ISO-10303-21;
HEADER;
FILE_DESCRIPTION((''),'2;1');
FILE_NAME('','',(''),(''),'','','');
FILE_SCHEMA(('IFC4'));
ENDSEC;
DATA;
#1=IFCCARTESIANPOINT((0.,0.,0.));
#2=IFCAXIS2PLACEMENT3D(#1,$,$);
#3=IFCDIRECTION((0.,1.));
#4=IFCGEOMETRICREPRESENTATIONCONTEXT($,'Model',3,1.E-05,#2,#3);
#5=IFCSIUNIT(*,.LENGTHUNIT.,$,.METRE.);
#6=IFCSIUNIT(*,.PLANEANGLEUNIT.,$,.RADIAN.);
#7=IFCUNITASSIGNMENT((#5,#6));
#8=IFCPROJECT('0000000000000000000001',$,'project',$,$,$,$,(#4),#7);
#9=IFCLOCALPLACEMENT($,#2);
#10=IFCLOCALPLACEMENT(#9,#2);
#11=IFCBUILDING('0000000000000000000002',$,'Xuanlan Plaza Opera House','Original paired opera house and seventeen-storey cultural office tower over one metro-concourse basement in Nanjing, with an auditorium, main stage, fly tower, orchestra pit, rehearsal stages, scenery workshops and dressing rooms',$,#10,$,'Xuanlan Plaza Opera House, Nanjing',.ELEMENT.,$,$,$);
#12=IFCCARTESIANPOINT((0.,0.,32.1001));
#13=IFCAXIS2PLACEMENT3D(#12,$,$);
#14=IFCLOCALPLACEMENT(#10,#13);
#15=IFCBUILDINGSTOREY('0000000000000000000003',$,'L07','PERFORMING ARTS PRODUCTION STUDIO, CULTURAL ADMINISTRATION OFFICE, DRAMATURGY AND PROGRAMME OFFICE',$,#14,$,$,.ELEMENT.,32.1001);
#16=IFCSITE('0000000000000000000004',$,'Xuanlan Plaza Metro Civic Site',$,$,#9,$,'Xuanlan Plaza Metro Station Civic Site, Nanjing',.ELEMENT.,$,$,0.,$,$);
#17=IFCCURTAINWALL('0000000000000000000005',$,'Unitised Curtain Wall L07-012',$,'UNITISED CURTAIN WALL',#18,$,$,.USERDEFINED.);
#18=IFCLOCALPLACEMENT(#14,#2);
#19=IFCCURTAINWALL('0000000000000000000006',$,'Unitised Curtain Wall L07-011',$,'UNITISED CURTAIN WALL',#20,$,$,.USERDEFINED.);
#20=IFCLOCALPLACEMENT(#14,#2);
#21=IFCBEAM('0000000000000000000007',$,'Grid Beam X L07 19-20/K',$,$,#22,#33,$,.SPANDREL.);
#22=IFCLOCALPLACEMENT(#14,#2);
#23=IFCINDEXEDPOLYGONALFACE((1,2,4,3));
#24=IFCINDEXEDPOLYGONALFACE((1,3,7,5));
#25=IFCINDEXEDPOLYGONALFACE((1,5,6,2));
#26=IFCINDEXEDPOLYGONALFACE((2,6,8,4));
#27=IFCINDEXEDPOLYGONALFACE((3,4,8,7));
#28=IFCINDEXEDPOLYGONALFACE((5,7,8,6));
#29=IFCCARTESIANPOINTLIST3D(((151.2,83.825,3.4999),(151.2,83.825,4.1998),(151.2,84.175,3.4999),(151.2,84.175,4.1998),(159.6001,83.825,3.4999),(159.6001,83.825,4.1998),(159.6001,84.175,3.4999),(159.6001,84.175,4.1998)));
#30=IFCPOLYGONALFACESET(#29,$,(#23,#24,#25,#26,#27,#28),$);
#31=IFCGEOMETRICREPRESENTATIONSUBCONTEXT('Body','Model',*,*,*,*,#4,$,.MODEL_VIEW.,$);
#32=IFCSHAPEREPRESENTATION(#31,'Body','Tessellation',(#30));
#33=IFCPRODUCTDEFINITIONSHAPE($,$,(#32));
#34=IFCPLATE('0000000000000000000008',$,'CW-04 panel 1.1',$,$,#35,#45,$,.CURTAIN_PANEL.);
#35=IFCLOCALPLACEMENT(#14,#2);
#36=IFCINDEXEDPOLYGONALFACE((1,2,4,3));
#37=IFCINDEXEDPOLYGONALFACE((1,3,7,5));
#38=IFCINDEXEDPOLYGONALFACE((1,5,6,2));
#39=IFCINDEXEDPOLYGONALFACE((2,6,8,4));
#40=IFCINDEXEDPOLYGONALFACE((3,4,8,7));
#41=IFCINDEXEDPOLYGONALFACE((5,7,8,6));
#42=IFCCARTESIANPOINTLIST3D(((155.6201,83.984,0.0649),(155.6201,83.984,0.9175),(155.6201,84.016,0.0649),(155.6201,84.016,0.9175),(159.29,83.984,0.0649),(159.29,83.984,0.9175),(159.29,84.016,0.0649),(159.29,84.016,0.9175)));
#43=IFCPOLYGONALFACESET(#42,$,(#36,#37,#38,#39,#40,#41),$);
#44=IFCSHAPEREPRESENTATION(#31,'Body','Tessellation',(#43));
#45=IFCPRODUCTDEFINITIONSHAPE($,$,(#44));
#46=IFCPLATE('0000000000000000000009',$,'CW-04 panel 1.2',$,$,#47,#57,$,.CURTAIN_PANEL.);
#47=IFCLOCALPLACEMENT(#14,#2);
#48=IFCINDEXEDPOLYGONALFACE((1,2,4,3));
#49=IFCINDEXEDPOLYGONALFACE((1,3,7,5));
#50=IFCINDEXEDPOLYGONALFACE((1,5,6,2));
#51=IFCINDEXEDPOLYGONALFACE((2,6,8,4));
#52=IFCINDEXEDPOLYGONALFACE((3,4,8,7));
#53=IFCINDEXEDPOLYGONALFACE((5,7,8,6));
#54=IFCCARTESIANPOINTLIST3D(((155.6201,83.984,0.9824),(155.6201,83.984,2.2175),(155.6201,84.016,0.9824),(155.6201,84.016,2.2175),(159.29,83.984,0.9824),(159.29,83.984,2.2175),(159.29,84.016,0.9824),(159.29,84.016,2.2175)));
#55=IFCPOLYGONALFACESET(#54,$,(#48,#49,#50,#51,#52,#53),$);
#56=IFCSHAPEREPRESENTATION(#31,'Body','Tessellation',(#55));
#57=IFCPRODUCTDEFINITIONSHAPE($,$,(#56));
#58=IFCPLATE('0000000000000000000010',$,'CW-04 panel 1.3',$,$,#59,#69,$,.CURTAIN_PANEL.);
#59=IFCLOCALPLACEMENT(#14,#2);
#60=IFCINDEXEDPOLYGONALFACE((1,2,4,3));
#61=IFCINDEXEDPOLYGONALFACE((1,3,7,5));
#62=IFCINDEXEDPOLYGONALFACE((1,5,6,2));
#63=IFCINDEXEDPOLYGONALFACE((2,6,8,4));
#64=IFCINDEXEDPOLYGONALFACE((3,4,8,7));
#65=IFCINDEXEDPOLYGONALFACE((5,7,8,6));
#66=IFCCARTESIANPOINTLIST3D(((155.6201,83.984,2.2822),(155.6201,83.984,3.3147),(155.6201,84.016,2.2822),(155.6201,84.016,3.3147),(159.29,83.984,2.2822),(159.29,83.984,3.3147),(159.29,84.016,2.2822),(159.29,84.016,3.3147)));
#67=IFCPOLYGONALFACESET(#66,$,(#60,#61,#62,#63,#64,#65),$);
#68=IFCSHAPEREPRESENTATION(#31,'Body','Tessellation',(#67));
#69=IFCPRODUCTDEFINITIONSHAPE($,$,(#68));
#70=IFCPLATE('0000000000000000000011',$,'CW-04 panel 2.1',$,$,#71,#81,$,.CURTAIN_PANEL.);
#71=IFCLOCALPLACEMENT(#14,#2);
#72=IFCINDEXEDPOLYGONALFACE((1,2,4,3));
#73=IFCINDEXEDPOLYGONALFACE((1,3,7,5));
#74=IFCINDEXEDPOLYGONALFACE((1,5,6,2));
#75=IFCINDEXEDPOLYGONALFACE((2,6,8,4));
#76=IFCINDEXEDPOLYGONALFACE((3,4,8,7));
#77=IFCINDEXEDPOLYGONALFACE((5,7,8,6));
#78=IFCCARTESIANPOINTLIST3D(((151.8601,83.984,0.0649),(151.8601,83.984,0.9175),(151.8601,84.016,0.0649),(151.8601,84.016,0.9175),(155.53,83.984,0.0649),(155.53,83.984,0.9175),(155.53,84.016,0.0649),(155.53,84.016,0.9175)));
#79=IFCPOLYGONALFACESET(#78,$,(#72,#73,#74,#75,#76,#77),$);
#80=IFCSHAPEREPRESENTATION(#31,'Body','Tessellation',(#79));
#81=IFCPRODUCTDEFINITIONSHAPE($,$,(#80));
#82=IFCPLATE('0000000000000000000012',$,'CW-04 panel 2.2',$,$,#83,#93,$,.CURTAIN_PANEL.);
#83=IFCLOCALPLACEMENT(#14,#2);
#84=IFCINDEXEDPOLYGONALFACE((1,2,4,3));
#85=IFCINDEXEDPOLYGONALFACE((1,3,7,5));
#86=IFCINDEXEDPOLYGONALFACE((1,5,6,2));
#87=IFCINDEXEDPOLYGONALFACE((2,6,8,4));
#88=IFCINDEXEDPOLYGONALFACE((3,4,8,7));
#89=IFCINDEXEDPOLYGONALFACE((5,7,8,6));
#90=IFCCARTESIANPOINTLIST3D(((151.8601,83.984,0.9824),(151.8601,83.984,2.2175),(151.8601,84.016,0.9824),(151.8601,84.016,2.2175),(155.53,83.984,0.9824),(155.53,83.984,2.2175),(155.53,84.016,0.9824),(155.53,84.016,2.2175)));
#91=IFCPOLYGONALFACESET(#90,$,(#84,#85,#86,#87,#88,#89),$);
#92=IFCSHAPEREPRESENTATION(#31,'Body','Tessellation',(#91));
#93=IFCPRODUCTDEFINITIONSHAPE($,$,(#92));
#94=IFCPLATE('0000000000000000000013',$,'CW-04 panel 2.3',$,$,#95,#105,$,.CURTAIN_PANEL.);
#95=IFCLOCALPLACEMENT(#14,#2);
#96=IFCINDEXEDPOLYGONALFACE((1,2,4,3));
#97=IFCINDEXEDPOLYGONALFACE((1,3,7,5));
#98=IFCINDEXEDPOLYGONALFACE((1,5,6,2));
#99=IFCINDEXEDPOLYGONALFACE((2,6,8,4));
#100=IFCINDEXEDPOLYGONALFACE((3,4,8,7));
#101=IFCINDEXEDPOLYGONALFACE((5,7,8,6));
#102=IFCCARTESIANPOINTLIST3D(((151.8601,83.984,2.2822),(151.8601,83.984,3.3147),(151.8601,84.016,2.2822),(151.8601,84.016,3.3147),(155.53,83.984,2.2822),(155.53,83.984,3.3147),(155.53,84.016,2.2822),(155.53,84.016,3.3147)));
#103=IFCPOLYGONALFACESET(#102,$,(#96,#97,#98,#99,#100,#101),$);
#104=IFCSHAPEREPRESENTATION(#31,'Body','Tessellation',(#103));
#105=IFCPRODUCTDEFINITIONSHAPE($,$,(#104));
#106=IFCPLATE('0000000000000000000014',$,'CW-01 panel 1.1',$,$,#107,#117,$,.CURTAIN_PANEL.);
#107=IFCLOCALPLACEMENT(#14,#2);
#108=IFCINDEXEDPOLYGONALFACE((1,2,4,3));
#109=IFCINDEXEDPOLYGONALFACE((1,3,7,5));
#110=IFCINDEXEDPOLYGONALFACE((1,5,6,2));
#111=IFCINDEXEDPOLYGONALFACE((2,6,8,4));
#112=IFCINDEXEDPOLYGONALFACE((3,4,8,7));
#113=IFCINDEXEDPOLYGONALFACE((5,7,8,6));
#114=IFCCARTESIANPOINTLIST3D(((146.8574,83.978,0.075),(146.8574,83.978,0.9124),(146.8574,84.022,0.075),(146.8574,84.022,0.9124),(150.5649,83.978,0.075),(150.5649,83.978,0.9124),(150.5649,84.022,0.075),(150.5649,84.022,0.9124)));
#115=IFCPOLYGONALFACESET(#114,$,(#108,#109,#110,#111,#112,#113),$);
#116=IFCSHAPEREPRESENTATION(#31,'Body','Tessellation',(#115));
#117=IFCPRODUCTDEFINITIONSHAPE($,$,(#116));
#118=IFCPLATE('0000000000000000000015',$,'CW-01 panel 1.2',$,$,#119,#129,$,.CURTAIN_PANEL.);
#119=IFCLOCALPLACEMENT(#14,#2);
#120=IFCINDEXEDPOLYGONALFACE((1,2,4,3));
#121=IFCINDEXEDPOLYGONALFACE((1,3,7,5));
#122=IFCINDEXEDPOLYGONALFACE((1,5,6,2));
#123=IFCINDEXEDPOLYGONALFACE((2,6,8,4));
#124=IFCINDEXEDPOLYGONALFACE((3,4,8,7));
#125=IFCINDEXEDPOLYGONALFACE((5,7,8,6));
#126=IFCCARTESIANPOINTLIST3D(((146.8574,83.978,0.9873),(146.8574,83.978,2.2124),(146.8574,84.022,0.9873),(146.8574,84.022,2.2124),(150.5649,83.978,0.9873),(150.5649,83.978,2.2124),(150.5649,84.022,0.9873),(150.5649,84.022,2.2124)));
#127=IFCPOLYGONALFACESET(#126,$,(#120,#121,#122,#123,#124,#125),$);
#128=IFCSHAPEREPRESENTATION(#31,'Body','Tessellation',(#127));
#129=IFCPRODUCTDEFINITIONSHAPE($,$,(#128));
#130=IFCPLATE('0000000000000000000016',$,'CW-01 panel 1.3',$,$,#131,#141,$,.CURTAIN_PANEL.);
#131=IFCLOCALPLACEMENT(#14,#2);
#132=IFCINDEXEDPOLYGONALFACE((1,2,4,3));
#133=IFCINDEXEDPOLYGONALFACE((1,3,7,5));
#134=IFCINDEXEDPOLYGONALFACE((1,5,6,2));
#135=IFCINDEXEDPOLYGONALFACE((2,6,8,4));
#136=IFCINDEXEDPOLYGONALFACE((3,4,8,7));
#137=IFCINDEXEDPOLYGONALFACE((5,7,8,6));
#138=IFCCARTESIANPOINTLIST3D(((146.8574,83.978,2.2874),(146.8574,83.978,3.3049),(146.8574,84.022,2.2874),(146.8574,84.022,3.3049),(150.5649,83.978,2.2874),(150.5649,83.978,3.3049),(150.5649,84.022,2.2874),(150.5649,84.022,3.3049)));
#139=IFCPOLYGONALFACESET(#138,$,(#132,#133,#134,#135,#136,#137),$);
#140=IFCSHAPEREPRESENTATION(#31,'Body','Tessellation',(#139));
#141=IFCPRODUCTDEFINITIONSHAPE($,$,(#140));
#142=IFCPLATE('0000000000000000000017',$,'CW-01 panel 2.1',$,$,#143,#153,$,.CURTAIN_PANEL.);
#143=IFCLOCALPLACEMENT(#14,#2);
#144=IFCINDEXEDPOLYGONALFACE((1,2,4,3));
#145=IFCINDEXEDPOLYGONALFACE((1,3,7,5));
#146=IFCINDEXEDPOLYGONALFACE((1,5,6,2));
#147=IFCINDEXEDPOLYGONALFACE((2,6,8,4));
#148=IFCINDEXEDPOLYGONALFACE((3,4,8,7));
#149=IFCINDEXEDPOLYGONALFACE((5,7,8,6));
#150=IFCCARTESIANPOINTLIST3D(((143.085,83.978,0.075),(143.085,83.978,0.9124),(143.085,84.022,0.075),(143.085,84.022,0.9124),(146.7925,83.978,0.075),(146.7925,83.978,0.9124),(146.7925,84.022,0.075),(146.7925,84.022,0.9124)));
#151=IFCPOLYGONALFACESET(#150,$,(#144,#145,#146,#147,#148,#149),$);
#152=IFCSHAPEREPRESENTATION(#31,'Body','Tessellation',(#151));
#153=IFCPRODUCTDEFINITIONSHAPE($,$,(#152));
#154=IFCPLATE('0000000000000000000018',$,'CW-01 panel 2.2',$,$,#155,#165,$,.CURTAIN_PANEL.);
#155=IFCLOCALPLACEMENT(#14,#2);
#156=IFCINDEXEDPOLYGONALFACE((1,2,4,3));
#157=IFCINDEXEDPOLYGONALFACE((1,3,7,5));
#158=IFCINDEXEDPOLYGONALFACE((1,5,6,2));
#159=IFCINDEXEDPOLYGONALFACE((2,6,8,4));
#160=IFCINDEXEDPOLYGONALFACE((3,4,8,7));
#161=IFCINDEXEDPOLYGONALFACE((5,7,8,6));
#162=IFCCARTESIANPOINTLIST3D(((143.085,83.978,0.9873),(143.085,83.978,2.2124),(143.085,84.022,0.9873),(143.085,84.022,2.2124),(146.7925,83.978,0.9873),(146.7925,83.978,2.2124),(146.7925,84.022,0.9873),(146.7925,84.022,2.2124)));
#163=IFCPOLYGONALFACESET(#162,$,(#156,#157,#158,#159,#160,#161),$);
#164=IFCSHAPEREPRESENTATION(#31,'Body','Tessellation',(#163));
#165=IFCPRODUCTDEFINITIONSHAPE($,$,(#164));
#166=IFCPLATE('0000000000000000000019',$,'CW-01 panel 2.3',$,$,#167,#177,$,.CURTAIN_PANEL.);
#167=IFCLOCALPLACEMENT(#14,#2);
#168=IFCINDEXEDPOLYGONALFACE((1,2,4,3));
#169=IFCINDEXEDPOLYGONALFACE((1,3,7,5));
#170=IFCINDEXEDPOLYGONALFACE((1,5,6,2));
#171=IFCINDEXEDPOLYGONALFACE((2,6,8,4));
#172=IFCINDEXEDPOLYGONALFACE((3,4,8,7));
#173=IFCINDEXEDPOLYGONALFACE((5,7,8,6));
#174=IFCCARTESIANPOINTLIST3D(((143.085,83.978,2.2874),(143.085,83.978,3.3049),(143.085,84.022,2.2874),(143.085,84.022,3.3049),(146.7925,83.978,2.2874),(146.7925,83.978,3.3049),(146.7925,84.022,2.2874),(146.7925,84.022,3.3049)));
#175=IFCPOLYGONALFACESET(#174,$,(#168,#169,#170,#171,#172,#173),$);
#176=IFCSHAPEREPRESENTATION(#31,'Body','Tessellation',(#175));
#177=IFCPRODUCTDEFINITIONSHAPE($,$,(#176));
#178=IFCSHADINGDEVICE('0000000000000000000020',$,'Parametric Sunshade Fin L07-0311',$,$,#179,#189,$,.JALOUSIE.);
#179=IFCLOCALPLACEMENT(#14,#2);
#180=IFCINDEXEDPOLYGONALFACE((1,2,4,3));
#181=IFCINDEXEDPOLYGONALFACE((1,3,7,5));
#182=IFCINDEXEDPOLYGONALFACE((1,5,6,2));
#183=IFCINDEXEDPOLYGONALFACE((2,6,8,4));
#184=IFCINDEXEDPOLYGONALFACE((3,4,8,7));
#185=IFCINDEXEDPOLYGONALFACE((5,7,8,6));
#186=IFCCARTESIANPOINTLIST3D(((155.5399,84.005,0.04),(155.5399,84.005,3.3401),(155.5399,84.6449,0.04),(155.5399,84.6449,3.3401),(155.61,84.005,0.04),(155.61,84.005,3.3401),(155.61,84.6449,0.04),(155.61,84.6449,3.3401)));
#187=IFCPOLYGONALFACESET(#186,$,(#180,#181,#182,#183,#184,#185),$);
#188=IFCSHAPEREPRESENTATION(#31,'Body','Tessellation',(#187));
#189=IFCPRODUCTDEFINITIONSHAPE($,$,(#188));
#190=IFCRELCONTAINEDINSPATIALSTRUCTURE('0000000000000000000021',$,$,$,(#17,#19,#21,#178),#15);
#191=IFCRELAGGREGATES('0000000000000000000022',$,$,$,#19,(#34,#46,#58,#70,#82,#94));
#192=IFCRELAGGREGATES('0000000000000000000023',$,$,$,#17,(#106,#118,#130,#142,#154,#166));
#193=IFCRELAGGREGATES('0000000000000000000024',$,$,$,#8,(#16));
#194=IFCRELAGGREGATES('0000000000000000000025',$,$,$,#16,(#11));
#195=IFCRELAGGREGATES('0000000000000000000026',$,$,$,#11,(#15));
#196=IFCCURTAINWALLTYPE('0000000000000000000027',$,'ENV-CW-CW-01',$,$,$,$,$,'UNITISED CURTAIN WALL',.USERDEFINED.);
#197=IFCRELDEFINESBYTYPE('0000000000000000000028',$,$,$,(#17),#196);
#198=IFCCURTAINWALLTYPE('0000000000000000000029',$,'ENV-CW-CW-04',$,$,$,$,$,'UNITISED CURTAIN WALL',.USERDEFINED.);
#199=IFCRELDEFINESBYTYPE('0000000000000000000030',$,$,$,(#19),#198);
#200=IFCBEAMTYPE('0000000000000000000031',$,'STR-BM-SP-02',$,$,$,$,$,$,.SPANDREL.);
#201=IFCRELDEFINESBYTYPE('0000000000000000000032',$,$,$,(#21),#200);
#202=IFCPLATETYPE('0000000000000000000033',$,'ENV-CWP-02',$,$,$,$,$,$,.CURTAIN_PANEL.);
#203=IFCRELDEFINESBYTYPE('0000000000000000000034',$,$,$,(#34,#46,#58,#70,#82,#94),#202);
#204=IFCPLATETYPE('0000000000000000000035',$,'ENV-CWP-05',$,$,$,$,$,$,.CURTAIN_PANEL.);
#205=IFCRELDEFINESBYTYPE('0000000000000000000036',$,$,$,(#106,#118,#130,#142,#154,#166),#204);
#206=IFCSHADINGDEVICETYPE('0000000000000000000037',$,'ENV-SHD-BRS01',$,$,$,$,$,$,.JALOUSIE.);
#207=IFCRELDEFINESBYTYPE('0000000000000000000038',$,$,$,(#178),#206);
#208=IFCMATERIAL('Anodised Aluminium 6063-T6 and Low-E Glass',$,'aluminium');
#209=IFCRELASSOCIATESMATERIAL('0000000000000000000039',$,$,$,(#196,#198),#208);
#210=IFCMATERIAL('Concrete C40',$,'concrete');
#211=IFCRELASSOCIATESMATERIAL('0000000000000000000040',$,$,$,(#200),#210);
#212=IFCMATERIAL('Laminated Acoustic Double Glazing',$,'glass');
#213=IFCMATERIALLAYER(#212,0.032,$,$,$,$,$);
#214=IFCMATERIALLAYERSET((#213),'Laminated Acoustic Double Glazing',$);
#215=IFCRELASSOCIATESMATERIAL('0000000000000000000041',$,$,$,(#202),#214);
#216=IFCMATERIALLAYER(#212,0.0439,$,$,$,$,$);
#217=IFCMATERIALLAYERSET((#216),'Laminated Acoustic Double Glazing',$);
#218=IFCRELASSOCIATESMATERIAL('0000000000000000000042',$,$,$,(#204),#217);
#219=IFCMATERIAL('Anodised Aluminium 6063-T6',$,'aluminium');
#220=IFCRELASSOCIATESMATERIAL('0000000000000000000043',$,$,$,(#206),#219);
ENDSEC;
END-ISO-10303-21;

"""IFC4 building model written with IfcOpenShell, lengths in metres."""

from ifc_helpers import new_model, si_unit, direction, frame, origin, origin_2d, place, context, subcontext, project, spatial, rectangle, extrude, material, layer, layer_set, material_profile, profile_set, type_object, element, aggregate, save


model = new_model("IFC4")

# Units and contexts
model_context = context("Model", 3, precision=1e-05, world=origin(), true_north=direction((0.0, 1.0)))
body_context = subcontext(model_context, "Body", "Model", "MODEL_VIEW")
ifc_project = project(units=[si_unit("LENGTHUNIT", "METRE"), si_unit("PLANEANGLEUNIT", "RADIAN")], contexts=[model_context])

# Site, building, storey
site_placement = place(None, origin())
site = spatial("IfcSite", under=ifc_project, at=site_placement, Name="Xuanlan Plaza Metro Civic Site", LongName="Xuanlan Plaza Metro Station Civic Site, Nanjing", CompositionType="ELEMENT", RefElevation=0.0)
building_placement = place(site_placement, origin())
building = spatial("IfcBuilding", under=site, at=building_placement, Name="Xuanlan Plaza Opera House", Description="Original paired opera house and seventeen-storey cultural office tower over one metro-concourse basement in Nanjing, with an auditorium, main stage, fly tower, orchestra pit, rehearsal stages, scenery workshops and dressing rooms", LongName="Xuanlan Plaza Opera House, Nanjing", CompositionType="ELEMENT")
storey_placement = place(building_placement, frame((0.0, 0.0, 32.1001)))
storey = spatial("IfcBuildingStorey", under=building, at=storey_placement, Name="L07", Description="PERFORMING ARTS PRODUCTION STUDIO, CULTURAL ADMINISTRATION OFFICE, DRAMATURGY AND PROGRAMME OFFICE", CompositionType="ELEMENT", Elevation=32.1001)

# Curtain wall
ifc_material_1 = material(Name="Anodised Aluminium 6063-T6 and Low-E Glass", Category="aluminium")
curtain_wall_type_1 = type_object("IfcCurtainWallType", Name="ENV-CW-CW-01", ElementType="UNITISED CURTAIN WALL", PredefinedType="USERDEFINED", material=ifc_material_1)
curtain_wall_1_placement = place(storey_placement, origin())
curtain_wall_1 = element("IfcCurtainWall", 1, at=curtain_wall_1_placement, inside=storey, type_object=curtain_wall_type_1, Name="Unitised Curtain Wall L07-012", ObjectType="UNITISED CURTAIN WALL", PredefinedType="USERDEFINED")
ifc_material_2 = material(Name="Anodised Aluminium 6063-T6", Category="aluminium")

# Curtain wall
curtain_wall_type_2 = type_object("IfcCurtainWallType", Name="ENV-CW-CW-04", ElementType="UNITISED CURTAIN WALL", PredefinedType="USERDEFINED", material=ifc_material_1)
curtain_wall_2_placement = place(storey_placement, origin())
curtain_wall_2 = element("IfcCurtainWall", 2, at=curtain_wall_2_placement, inside=storey, type_object=curtain_wall_type_2, Name="Unitised Curtain Wall L07-011", ObjectType="UNITISED CURTAIN WALL", PredefinedType="USERDEFINED")

# Beam
ifc_material_3 = material(Name="Concrete C40", Category="concrete")
ifc_material_profile_1 = material_profile(ifc_material_3, rectangle(XDim=0.3501, YDim=0.7, at=origin_2d()), Name="RC-SPD 350x700")
ifc_profile_set_1 = profile_set([ifc_material_profile_1], Name="Concrete C40")
beam_type = type_object("IfcBeamType", Name="STR-BM-SP-02", PredefinedType="SPANDREL", material=ifc_profile_set_1)
beam_1_placement = place(storey_placement, frame((151.2, 84.0, 3.8499), z_axis=(1.0, 0.0, 0.0), x_axis=(0.0, 1.0, 0.0)))
element("IfcBeam", 3, at=beam_1_placement, inside=storey, type_object=beam_type, Name="Grid Beam X L07 19-20/K", PredefinedType="SPANDREL", context=body_context, shape_type="SweptSolid", body=[
    extrude(rectangle(XDim=0.3501, YDim=0.7, at=origin_2d()), origin(), (0.0, 0.0, 1.0), 8.4001),
])

# Plates
ifc_material_4 = material(Name="Laminated Acoustic Double Glazing", Category="glass")
ifc_layer_1 = layer(ifc_material_4, 0.032)
ifc_layer_set_1 = layer_set([ifc_layer_1], Name="Laminated Acoustic Double Glazing")
plate_type_1 = type_object("IfcPlateType", Name="ENV-CWP-02", PredefinedType="CURTAIN_PANEL", material=ifc_layer_set_1)
plate_1_placement = place(storey_placement, frame((157.4551, 84.0, 0.0649), z_axis=(0.0, 0.0, 1.0), x_axis=(-1.0, 0.0, 0.0)))
plate_1 = element("IfcPlate", 4, at=plate_1_placement, type_object=plate_type_1, Name="CW-04 panel 1.1", PredefinedType="CURTAIN_PANEL", context=body_context, shape_type="SweptSolid", body=[
    extrude(rectangle(XDim=3.6699, YDim=0.032, at=origin_2d()), origin(), (0.0, 0.0, 1.0), 0.8525),
])
plate_2_placement = place(storey_placement, frame((157.4551, 84.0, 0.9824), z_axis=(0.0, 0.0, 1.0), x_axis=(-1.0, 0.0, 0.0)))
plate_2 = element("IfcPlate", 5, at=plate_2_placement, type_object=plate_type_1, Name="CW-04 panel 1.2", PredefinedType="CURTAIN_PANEL", context=body_context, shape_type="SweptSolid", body=[
    extrude(rectangle(XDim=3.6699, YDim=0.032, at=origin_2d()), origin(), (0.0, 0.0, 1.0), 1.2351),
])
plate_3_placement = place(storey_placement, frame((157.4551, 84.0, 2.2822), z_axis=(0.0, 0.0, 1.0), x_axis=(-1.0, 0.0, 0.0)))
plate_3 = element("IfcPlate", 6, at=plate_3_placement, type_object=plate_type_1, Name="CW-04 panel 1.3", PredefinedType="CURTAIN_PANEL", context=body_context, shape_type="SweptSolid", body=[
    extrude(rectangle(XDim=3.6699, YDim=0.032, at=origin_2d()), origin(), (0.0, 0.0, 1.0), 1.0325),
])
plate_4_placement = place(storey_placement, frame((153.6951, 84.0, 0.0649), z_axis=(0.0, 0.0, 1.0), x_axis=(-1.0, 0.0, 0.0)))
plate_4 = element("IfcPlate", 7, at=plate_4_placement, type_object=plate_type_1, Name="CW-04 panel 2.1", PredefinedType="CURTAIN_PANEL", context=body_context, shape_type="SweptSolid", body=[
    extrude(rectangle(XDim=3.6699, YDim=0.032, at=origin_2d()), origin(), (0.0, 0.0, 1.0), 0.8525),
])
plate_5_placement = place(storey_placement, frame((153.6951, 84.0, 0.9824), z_axis=(0.0, 0.0, 1.0), x_axis=(-1.0, 0.0, 0.0)))
plate_5 = element("IfcPlate", 8, at=plate_5_placement, type_object=plate_type_1, Name="CW-04 panel 2.2", PredefinedType="CURTAIN_PANEL", context=body_context, shape_type="SweptSolid", body=[
    extrude(rectangle(XDim=3.6699, YDim=0.032, at=origin_2d()), origin(), (0.0, 0.0, 1.0), 1.2351),
])
plate_6_placement = place(storey_placement, frame((153.6951, 84.0, 2.2822), z_axis=(0.0, 0.0, 1.0), x_axis=(-1.0, 0.0, 0.0)))
plate_6 = element("IfcPlate", 9, at=plate_6_placement, type_object=plate_type_1, Name="CW-04 panel 2.3", PredefinedType="CURTAIN_PANEL", context=body_context, shape_type="SweptSolid", body=[
    extrude(rectangle(XDim=3.6699, YDim=0.032, at=origin_2d()), origin(), (0.0, 0.0, 1.0), 1.0325),
])
aggregate(curtain_wall_2, [plate_1, plate_2, plate_3, plate_4, plate_5, plate_6])
ifc_layer_2 = layer(ifc_material_4, 0.0439)
ifc_layer_set_2 = layer_set([ifc_layer_2], Name="Laminated Acoustic Double Glazing")
plate_type_2 = type_object("IfcPlateType", Name="ENV-CWP-05", PredefinedType="CURTAIN_PANEL", material=ifc_layer_set_2)
plate_7_placement = place(storey_placement, frame((148.7112, 84.0, 0.075), z_axis=(0.0, 0.0, 1.0), x_axis=(-1.0, 0.0, 0.0)))
plate_7 = element("IfcPlate", 10, at=plate_7_placement, type_object=plate_type_2, Name="CW-01 panel 1.1", PredefinedType="CURTAIN_PANEL", context=body_context, shape_type="SweptSolid", body=[
    extrude(rectangle(XDim=3.7075, YDim=0.0439, at=origin_2d()), origin(), (0.0, 0.0, 1.0), 0.8374),
])
plate_8_placement = place(storey_placement, frame((148.7112, 84.0, 0.9873), z_axis=(0.0, 0.0, 1.0), x_axis=(-1.0, 0.0, 0.0)))
plate_8 = element("IfcPlate", 11, at=plate_8_placement, type_object=plate_type_2, Name="CW-01 panel 1.2", PredefinedType="CURTAIN_PANEL", context=body_context, shape_type="SweptSolid", body=[
    extrude(rectangle(XDim=3.7075, YDim=0.0439, at=origin_2d()), origin(), (0.0, 0.0, 1.0), 1.2251),
])
plate_9_placement = place(storey_placement, frame((148.7112, 84.0, 2.2874), z_axis=(0.0, 0.0, 1.0), x_axis=(-1.0, 0.0, 0.0)))
plate_9 = element("IfcPlate", 12, at=plate_9_placement, type_object=plate_type_2, Name="CW-01 panel 1.3", PredefinedType="CURTAIN_PANEL", context=body_context, shape_type="SweptSolid", body=[
    extrude(rectangle(XDim=3.7075, YDim=0.0439, at=origin_2d()), origin(), (0.0, 0.0, 1.0), 1.0176),
])
plate_10_placement = place(storey_placement, frame((144.9387, 84.0, 0.075), z_axis=(0.0, 0.0, 1.0), x_axis=(-1.0, 0.0, 0.0)))
plate_10 = element("IfcPlate", 13, at=plate_10_placement, type_object=plate_type_2, Name="CW-01 panel 2.1", PredefinedType="CURTAIN_PANEL", context=body_context, shape_type="SweptSolid", body=[
    extrude(rectangle(XDim=3.7075, YDim=0.0439, at=origin_2d()), origin(), (0.0, 0.0, 1.0), 0.8374),
])
plate_11_placement = place(storey_placement, frame((144.9387, 84.0, 0.9873), z_axis=(0.0, 0.0, 1.0), x_axis=(-1.0, 0.0, 0.0)))
plate_11 = element("IfcPlate", 14, at=plate_11_placement, type_object=plate_type_2, Name="CW-01 panel 2.2", PredefinedType="CURTAIN_PANEL", context=body_context, shape_type="SweptSolid", body=[
    extrude(rectangle(XDim=3.7075, YDim=0.0439, at=origin_2d()), origin(), (0.0, 0.0, 1.0), 1.2251),
])
plate_12_placement = place(storey_placement, frame((144.9387, 84.0, 2.2874), z_axis=(0.0, 0.0, 1.0), x_axis=(-1.0, 0.0, 0.0)))
plate_12 = element("IfcPlate", 15, at=plate_12_placement, type_object=plate_type_2, Name="CW-01 panel 2.3", PredefinedType="CURTAIN_PANEL", context=body_context, shape_type="SweptSolid", body=[
    extrude(rectangle(XDim=3.7075, YDim=0.0439, at=origin_2d()), origin(), (0.0, 0.0, 1.0), 1.0176),
])
aggregate(curtain_wall_1, [plate_7, plate_8, plate_9, plate_10, plate_11, plate_12])

# Shading device
shading_device_type_1 = type_object("IfcShadingDeviceType", Name="ENV-SHD-BRS01", PredefinedType="JALOUSIE", material=ifc_material_2)
shading_device_1_placement = place(storey_placement, frame((155.575, 84.325, 0.04), z_axis=(0.0, 0.0, 1.0), x_axis=(0.0, 1.0, 0.0)))
element("IfcShadingDevice", 16, at=shading_device_1_placement, inside=storey, type_object=shading_device_type_1, Name="Parametric Sunshade Fin L07-0311", PredefinedType="JALOUSIE", context=body_context, shape_type="SweptSolid", body=[
    extrude(rectangle(XDim=0.6399, YDim=0.0701, at=origin_2d()), origin(), (0.0, 0.0, 1.0), 3.3),
])

save(model, "model.ifc")
